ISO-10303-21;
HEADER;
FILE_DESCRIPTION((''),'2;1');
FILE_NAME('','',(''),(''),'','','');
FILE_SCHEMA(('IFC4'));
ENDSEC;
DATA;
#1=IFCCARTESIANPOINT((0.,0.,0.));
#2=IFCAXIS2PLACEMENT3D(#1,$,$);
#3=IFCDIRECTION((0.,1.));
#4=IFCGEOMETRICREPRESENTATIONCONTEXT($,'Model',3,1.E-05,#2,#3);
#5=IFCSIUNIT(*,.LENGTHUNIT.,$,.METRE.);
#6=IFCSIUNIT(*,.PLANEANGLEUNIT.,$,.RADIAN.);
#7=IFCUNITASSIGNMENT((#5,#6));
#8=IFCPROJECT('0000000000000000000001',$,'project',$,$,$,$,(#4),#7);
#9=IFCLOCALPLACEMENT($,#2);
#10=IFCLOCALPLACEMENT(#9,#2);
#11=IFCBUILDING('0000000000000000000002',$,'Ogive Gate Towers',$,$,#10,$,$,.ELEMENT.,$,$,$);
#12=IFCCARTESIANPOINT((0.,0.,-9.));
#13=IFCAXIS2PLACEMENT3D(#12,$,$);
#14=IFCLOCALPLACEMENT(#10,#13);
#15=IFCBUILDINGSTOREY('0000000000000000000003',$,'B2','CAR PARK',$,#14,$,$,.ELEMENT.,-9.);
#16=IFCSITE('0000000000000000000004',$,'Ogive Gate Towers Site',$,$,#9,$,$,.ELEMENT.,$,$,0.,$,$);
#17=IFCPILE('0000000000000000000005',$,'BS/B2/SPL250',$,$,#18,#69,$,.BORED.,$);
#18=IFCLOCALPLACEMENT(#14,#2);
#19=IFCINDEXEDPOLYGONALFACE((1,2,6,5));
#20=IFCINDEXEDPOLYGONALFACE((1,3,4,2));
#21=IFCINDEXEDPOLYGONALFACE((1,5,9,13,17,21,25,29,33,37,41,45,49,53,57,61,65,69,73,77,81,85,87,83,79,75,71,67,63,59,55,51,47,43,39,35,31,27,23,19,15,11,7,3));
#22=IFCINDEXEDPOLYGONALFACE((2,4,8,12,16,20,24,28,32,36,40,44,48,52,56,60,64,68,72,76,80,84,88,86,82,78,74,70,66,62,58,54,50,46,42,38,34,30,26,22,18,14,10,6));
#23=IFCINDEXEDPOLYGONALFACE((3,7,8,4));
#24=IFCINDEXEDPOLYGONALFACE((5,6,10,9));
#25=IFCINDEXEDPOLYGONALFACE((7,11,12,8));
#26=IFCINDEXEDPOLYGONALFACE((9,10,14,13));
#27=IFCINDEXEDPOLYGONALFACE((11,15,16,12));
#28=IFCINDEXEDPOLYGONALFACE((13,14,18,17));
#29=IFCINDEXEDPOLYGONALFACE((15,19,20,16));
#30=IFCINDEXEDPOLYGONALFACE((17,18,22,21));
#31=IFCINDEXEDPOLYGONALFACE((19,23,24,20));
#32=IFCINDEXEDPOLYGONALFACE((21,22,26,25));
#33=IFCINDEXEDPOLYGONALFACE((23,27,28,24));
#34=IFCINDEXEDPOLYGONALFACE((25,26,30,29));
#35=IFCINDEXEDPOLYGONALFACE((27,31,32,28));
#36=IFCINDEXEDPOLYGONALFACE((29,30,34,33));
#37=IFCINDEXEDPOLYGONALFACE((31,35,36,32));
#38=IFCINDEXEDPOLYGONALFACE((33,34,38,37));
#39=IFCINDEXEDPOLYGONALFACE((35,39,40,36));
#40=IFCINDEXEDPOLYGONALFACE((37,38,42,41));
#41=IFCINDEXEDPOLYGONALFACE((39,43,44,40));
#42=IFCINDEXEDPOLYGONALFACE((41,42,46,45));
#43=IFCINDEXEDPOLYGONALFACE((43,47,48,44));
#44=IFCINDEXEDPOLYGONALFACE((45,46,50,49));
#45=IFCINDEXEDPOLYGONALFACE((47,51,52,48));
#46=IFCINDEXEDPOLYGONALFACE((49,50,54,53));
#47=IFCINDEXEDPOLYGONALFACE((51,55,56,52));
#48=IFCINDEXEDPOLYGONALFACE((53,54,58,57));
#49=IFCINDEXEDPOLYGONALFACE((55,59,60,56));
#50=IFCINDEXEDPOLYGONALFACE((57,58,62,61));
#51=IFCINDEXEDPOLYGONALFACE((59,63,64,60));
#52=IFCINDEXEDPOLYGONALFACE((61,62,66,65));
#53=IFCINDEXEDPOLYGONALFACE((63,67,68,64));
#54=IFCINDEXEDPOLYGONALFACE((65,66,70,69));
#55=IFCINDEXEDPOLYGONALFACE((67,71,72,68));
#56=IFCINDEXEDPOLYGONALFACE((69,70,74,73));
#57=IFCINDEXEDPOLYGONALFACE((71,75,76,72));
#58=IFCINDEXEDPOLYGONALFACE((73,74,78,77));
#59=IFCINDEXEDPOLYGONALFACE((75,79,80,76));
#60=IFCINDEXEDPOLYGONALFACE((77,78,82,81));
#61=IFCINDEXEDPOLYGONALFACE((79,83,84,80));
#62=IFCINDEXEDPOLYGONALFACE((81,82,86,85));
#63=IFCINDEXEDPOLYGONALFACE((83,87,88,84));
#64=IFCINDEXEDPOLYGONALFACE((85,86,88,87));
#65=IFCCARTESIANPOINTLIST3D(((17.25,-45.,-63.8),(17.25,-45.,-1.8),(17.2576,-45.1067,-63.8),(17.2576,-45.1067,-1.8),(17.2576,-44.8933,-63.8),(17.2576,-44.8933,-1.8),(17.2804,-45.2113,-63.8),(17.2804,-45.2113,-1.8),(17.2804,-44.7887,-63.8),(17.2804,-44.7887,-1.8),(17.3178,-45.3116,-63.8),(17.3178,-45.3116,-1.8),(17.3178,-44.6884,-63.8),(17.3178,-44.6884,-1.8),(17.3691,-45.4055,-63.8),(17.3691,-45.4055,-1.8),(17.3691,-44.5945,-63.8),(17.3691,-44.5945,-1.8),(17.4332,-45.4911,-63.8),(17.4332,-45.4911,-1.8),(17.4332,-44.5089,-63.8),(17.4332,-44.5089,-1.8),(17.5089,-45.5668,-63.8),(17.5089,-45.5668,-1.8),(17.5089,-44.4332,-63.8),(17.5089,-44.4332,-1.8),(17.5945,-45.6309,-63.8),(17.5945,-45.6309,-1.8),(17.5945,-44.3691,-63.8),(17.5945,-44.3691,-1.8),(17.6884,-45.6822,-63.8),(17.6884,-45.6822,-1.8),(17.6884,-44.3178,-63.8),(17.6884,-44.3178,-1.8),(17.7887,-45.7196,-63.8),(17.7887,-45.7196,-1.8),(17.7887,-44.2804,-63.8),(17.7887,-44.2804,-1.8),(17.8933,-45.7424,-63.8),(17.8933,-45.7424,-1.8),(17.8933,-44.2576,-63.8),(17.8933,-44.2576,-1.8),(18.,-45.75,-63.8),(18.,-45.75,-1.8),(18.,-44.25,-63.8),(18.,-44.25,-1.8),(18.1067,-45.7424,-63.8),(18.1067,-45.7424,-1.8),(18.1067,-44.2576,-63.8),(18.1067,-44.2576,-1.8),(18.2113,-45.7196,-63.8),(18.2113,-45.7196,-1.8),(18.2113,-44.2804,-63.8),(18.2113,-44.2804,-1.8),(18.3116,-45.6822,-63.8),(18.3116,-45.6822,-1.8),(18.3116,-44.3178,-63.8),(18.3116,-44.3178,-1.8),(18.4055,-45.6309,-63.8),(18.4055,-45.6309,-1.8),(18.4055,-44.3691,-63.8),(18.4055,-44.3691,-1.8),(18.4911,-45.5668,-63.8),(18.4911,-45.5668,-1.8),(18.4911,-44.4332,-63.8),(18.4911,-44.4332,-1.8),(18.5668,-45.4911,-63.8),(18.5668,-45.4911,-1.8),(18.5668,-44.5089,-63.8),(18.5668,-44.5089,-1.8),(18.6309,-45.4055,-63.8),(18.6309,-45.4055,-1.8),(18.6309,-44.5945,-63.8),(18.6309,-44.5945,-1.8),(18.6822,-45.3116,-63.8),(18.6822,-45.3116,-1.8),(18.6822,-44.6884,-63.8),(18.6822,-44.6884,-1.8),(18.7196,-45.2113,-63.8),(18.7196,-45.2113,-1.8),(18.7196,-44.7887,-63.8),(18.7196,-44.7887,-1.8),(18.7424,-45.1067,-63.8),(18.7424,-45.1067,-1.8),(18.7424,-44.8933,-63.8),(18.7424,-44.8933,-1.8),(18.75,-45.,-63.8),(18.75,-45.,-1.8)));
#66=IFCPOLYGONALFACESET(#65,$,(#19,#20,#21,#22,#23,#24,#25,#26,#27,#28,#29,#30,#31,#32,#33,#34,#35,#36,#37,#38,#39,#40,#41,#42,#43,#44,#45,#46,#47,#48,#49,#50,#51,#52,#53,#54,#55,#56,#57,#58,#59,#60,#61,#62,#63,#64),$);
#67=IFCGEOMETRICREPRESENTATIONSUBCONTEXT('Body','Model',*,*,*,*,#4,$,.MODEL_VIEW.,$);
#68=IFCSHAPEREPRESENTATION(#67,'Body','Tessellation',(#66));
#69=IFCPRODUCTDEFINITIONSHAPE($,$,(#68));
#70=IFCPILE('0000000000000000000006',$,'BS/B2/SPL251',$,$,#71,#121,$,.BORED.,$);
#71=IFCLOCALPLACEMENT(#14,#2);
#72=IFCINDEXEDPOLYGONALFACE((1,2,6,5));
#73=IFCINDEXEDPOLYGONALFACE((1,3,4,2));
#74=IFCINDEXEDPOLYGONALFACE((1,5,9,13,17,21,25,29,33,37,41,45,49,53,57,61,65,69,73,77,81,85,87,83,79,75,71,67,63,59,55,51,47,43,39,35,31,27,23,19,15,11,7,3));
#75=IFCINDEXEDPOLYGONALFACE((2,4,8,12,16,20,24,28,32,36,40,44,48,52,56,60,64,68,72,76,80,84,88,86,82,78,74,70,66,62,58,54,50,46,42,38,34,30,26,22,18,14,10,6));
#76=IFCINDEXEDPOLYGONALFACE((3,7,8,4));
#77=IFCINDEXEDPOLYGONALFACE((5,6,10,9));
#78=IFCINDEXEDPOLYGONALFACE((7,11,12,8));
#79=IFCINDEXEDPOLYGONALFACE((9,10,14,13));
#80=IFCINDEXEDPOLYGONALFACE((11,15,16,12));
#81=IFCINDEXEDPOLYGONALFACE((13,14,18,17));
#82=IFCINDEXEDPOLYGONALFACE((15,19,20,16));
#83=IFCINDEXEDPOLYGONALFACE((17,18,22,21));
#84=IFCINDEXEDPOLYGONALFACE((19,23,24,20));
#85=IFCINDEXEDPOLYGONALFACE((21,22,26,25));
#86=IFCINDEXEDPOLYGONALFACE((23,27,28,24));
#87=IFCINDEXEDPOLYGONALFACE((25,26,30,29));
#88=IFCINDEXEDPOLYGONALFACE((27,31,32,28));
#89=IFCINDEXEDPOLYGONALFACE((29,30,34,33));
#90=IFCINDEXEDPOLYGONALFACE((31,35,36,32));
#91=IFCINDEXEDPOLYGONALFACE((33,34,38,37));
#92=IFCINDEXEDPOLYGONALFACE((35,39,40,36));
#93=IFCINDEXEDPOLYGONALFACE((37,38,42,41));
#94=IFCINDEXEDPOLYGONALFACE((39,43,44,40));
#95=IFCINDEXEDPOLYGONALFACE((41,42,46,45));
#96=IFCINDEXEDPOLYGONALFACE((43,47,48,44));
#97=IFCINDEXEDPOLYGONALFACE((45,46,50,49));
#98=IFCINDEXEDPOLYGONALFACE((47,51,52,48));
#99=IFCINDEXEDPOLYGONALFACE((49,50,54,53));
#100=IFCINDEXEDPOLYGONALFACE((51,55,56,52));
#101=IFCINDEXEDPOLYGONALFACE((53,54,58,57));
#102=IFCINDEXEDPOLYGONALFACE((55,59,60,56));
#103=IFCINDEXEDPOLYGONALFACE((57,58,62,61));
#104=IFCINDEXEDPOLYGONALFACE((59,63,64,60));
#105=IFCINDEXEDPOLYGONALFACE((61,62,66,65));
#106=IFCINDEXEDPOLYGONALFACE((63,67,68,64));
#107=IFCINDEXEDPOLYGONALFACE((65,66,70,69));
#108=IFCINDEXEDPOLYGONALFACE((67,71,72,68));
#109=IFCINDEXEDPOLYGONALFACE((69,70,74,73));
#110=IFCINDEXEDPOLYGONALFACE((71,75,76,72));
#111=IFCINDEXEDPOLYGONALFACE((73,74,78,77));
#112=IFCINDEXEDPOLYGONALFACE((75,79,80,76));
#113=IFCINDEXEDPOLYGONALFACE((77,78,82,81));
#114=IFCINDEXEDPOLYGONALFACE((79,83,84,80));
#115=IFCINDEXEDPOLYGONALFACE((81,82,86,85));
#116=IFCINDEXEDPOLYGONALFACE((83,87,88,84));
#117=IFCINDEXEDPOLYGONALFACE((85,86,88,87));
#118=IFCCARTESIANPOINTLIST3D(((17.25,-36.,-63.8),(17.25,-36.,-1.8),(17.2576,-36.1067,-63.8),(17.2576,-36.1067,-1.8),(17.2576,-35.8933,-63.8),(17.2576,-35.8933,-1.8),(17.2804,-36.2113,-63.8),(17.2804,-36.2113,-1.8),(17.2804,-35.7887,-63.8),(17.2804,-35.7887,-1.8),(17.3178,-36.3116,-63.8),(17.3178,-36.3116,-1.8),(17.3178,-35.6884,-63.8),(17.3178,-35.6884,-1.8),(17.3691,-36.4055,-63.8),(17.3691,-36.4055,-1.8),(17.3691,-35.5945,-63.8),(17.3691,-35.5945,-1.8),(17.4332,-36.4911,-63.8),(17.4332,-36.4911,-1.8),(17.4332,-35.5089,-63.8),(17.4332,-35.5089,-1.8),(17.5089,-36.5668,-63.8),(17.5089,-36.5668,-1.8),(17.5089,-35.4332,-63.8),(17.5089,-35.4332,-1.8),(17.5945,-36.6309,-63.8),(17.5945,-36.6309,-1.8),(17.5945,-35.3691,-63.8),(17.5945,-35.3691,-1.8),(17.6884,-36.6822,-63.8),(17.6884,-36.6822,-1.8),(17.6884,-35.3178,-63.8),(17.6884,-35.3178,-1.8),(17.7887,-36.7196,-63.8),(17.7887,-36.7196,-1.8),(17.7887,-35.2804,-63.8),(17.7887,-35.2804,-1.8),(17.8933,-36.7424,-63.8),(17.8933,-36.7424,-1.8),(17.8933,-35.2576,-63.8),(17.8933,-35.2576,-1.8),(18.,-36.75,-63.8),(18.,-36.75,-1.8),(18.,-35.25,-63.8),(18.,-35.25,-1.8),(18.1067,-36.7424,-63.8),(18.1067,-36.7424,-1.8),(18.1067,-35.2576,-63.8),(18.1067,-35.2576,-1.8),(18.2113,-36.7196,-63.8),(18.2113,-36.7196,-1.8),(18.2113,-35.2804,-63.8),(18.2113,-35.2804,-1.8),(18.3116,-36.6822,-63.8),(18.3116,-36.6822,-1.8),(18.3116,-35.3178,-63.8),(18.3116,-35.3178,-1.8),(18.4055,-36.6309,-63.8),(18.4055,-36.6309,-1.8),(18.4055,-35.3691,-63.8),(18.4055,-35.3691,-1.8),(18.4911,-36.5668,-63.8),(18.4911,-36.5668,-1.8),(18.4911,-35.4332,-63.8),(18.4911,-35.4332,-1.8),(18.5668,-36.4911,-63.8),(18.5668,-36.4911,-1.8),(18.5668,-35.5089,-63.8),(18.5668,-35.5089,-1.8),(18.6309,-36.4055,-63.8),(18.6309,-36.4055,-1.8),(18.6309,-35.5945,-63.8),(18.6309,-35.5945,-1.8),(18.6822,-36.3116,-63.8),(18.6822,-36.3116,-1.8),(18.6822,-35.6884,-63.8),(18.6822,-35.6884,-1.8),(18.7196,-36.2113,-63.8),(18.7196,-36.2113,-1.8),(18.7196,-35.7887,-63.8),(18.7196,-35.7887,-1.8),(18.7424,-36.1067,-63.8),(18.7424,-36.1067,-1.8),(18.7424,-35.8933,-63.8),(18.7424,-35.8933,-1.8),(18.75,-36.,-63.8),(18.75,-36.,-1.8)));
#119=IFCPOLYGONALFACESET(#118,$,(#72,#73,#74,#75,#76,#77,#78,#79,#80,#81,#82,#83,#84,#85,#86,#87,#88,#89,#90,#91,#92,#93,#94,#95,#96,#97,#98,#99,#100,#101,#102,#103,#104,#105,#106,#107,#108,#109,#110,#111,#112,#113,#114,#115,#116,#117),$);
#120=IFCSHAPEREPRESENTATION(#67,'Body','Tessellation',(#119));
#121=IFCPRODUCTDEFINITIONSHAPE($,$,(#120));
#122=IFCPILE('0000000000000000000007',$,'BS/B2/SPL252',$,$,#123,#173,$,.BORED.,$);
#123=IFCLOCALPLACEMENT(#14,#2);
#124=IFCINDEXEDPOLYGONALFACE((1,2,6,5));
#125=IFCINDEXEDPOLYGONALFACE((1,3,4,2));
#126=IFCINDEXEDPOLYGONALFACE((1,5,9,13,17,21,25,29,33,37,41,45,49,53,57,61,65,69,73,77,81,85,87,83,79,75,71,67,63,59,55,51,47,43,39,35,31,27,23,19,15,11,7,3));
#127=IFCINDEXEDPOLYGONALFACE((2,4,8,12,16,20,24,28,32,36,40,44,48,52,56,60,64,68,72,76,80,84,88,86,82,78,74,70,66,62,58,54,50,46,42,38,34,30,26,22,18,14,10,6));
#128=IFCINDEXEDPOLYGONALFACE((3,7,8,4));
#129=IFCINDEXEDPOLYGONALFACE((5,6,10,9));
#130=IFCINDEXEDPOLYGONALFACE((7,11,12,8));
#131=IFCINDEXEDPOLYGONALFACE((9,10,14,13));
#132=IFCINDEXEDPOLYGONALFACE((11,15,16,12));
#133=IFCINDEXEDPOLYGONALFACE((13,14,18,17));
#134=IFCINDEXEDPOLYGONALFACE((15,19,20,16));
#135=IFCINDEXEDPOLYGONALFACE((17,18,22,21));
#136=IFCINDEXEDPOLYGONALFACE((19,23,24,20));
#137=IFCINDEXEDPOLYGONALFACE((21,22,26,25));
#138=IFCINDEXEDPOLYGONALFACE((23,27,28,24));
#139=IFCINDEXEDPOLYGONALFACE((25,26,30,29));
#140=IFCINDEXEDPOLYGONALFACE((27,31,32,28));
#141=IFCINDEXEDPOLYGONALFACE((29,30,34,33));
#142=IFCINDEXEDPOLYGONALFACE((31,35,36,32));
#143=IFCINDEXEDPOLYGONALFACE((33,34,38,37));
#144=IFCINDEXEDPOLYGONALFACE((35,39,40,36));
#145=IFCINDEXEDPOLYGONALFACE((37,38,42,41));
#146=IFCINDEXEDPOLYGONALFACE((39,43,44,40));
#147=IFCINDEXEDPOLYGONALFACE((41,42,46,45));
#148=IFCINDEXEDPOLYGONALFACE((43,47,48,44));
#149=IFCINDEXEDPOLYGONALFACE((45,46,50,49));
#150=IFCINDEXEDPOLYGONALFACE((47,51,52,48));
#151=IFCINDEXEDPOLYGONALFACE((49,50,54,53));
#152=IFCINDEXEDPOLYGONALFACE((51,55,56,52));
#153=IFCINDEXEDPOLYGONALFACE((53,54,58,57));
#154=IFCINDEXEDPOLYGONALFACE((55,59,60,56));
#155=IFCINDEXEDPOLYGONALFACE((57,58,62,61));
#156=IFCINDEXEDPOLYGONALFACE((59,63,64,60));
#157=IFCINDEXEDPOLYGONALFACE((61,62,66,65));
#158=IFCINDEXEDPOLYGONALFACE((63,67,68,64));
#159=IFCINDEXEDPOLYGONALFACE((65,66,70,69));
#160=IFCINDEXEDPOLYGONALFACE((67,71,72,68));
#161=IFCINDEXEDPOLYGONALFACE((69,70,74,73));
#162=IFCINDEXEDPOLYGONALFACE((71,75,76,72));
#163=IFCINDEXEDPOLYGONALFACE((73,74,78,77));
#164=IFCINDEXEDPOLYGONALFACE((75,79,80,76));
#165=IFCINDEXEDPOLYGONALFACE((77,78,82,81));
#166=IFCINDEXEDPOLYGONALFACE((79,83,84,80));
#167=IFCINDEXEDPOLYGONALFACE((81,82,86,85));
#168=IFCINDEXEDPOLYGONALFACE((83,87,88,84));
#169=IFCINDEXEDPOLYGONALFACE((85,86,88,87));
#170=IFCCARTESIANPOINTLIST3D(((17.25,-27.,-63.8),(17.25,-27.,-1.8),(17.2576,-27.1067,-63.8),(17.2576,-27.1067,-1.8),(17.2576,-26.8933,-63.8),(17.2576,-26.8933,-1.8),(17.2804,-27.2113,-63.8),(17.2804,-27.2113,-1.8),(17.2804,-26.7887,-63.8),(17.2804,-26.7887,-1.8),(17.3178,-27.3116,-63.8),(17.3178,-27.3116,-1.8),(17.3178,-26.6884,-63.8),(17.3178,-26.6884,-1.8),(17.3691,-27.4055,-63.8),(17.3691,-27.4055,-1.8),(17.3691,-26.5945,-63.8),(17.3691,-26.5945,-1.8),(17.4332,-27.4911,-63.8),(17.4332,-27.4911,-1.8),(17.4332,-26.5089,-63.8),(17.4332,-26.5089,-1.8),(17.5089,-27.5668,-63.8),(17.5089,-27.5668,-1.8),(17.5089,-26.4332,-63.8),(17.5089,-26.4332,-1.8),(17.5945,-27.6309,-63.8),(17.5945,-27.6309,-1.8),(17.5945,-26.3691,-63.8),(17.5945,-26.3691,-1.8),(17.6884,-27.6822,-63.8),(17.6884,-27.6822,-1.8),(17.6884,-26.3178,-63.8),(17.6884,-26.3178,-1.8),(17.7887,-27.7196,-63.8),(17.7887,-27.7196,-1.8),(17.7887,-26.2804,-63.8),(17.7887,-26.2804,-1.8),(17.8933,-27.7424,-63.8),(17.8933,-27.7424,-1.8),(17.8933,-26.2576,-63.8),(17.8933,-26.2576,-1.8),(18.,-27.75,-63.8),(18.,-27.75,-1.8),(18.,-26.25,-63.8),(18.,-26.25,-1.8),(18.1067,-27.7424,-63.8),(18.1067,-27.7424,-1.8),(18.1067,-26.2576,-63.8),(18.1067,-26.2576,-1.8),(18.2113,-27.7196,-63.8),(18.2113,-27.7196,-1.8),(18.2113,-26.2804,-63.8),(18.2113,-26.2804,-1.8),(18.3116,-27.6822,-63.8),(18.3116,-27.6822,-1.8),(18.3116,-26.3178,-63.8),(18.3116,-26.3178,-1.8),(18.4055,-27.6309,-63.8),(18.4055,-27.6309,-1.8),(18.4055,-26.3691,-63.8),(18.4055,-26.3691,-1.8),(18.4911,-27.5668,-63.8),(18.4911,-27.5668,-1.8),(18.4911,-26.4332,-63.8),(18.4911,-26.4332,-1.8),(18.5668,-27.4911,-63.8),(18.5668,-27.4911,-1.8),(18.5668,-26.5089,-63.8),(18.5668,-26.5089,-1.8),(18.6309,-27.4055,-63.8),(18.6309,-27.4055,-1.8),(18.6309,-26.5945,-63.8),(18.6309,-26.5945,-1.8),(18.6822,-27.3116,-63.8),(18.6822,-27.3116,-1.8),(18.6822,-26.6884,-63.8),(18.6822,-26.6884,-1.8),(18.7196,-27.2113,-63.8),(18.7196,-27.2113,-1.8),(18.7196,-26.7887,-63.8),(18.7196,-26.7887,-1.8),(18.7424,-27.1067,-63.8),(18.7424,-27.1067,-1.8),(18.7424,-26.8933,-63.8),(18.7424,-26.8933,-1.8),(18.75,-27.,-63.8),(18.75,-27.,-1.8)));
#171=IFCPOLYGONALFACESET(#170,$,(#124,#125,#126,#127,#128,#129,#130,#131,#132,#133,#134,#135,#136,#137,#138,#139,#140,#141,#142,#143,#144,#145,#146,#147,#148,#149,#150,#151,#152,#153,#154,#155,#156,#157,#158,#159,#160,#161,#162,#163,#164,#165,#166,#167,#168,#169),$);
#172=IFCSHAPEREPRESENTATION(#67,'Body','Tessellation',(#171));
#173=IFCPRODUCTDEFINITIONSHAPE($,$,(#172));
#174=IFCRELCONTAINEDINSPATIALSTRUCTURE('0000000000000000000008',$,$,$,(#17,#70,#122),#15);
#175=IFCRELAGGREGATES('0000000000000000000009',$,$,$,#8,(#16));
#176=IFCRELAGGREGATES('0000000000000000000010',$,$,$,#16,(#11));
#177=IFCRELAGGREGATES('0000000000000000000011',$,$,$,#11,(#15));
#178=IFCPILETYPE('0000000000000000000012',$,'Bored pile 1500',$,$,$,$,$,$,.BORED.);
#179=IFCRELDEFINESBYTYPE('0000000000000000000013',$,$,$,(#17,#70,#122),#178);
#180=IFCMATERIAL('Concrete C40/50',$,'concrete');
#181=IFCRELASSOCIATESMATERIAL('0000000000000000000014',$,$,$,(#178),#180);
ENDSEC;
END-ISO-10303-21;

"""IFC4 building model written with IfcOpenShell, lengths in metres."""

from ifc_helpers import new_model, si_unit, direction, frame, origin, origin_2d, place, context, subcontext, project, spatial, circle, extrude, material, material_profile, profile_set, type_object, element, save


model = new_model("IFC4")

# Units and contexts
model_context = context("Model", 3, precision=1e-05, world=origin(), true_north=direction((0.0, 1.0)))
body_context = subcontext(model_context, "Body", "Model", "MODEL_VIEW")
ifc_project = project(units=[si_unit("LENGTHUNIT", "METRE"), si_unit("PLANEANGLEUNIT", "RADIAN")], contexts=[model_context])

# Site, building, storey
site_placement = place(None, origin())
site = spatial("IfcSite", under=ifc_project, at=site_placement, Name="Ogive Gate Towers Site", CompositionType="ELEMENT", RefElevation=0.0)
building_placement = place(site_placement, origin())
building = spatial("IfcBuilding", under=site, at=building_placement, Name="Ogive Gate Towers", CompositionType="ELEMENT")
storey_placement = place(building_placement, frame((0.0, 0.0, -9.0)))
storey = spatial("IfcBuildingStorey", under=building, at=storey_placement, Name="B2", Description="CAR PARK", CompositionType="ELEMENT", Elevation=-9.0)

# Piles
ifc_material_1 = material(Name="Concrete C40/50", Category="concrete")
ifc_material_profile_1 = material_profile(ifc_material_1, circle(Radius=0.75, at=origin_2d()), Name="BP 1500")
ifc_profile_set_1 = profile_set([ifc_material_profile_1], Name="Concrete C40/50")
pile_type_1 = type_object("IfcPileType", Name="Bored pile 1500", PredefinedType="BORED", material=ifc_profile_set_1)
for number, where, z_axis, x_axis, name in (
    (1, (18.0, -45.0, -1.8), (0.0, 0.0, -1.0), (1.0, 0.0, 0.0), "BS/B2/SPL250"),
    (2, (18.0, -36.0, -1.8), (0.0, 0.0, -1.0), (1.0, 0.0, 0.0), "BS/B2/SPL251"),
    (3, (18.0, -27.0, -1.8), (0.0, 0.0, -1.0), (1.0, 0.0, 0.0), "BS/B2/SPL252"),
):
    element("IfcPile", number, at=place(storey_placement, frame(where, z_axis=z_axis, x_axis=x_axis)), inside=storey, type_object=pile_type_1, Name=name, PredefinedType="BORED", context=body_context, shape_type="SweptSolid", body=[
        extrude(circle(Radius=0.75, at=origin_2d()), origin(), (0.0, 0.0, 1.0), 62.0),
    ])

save(model, "model.ifc")
